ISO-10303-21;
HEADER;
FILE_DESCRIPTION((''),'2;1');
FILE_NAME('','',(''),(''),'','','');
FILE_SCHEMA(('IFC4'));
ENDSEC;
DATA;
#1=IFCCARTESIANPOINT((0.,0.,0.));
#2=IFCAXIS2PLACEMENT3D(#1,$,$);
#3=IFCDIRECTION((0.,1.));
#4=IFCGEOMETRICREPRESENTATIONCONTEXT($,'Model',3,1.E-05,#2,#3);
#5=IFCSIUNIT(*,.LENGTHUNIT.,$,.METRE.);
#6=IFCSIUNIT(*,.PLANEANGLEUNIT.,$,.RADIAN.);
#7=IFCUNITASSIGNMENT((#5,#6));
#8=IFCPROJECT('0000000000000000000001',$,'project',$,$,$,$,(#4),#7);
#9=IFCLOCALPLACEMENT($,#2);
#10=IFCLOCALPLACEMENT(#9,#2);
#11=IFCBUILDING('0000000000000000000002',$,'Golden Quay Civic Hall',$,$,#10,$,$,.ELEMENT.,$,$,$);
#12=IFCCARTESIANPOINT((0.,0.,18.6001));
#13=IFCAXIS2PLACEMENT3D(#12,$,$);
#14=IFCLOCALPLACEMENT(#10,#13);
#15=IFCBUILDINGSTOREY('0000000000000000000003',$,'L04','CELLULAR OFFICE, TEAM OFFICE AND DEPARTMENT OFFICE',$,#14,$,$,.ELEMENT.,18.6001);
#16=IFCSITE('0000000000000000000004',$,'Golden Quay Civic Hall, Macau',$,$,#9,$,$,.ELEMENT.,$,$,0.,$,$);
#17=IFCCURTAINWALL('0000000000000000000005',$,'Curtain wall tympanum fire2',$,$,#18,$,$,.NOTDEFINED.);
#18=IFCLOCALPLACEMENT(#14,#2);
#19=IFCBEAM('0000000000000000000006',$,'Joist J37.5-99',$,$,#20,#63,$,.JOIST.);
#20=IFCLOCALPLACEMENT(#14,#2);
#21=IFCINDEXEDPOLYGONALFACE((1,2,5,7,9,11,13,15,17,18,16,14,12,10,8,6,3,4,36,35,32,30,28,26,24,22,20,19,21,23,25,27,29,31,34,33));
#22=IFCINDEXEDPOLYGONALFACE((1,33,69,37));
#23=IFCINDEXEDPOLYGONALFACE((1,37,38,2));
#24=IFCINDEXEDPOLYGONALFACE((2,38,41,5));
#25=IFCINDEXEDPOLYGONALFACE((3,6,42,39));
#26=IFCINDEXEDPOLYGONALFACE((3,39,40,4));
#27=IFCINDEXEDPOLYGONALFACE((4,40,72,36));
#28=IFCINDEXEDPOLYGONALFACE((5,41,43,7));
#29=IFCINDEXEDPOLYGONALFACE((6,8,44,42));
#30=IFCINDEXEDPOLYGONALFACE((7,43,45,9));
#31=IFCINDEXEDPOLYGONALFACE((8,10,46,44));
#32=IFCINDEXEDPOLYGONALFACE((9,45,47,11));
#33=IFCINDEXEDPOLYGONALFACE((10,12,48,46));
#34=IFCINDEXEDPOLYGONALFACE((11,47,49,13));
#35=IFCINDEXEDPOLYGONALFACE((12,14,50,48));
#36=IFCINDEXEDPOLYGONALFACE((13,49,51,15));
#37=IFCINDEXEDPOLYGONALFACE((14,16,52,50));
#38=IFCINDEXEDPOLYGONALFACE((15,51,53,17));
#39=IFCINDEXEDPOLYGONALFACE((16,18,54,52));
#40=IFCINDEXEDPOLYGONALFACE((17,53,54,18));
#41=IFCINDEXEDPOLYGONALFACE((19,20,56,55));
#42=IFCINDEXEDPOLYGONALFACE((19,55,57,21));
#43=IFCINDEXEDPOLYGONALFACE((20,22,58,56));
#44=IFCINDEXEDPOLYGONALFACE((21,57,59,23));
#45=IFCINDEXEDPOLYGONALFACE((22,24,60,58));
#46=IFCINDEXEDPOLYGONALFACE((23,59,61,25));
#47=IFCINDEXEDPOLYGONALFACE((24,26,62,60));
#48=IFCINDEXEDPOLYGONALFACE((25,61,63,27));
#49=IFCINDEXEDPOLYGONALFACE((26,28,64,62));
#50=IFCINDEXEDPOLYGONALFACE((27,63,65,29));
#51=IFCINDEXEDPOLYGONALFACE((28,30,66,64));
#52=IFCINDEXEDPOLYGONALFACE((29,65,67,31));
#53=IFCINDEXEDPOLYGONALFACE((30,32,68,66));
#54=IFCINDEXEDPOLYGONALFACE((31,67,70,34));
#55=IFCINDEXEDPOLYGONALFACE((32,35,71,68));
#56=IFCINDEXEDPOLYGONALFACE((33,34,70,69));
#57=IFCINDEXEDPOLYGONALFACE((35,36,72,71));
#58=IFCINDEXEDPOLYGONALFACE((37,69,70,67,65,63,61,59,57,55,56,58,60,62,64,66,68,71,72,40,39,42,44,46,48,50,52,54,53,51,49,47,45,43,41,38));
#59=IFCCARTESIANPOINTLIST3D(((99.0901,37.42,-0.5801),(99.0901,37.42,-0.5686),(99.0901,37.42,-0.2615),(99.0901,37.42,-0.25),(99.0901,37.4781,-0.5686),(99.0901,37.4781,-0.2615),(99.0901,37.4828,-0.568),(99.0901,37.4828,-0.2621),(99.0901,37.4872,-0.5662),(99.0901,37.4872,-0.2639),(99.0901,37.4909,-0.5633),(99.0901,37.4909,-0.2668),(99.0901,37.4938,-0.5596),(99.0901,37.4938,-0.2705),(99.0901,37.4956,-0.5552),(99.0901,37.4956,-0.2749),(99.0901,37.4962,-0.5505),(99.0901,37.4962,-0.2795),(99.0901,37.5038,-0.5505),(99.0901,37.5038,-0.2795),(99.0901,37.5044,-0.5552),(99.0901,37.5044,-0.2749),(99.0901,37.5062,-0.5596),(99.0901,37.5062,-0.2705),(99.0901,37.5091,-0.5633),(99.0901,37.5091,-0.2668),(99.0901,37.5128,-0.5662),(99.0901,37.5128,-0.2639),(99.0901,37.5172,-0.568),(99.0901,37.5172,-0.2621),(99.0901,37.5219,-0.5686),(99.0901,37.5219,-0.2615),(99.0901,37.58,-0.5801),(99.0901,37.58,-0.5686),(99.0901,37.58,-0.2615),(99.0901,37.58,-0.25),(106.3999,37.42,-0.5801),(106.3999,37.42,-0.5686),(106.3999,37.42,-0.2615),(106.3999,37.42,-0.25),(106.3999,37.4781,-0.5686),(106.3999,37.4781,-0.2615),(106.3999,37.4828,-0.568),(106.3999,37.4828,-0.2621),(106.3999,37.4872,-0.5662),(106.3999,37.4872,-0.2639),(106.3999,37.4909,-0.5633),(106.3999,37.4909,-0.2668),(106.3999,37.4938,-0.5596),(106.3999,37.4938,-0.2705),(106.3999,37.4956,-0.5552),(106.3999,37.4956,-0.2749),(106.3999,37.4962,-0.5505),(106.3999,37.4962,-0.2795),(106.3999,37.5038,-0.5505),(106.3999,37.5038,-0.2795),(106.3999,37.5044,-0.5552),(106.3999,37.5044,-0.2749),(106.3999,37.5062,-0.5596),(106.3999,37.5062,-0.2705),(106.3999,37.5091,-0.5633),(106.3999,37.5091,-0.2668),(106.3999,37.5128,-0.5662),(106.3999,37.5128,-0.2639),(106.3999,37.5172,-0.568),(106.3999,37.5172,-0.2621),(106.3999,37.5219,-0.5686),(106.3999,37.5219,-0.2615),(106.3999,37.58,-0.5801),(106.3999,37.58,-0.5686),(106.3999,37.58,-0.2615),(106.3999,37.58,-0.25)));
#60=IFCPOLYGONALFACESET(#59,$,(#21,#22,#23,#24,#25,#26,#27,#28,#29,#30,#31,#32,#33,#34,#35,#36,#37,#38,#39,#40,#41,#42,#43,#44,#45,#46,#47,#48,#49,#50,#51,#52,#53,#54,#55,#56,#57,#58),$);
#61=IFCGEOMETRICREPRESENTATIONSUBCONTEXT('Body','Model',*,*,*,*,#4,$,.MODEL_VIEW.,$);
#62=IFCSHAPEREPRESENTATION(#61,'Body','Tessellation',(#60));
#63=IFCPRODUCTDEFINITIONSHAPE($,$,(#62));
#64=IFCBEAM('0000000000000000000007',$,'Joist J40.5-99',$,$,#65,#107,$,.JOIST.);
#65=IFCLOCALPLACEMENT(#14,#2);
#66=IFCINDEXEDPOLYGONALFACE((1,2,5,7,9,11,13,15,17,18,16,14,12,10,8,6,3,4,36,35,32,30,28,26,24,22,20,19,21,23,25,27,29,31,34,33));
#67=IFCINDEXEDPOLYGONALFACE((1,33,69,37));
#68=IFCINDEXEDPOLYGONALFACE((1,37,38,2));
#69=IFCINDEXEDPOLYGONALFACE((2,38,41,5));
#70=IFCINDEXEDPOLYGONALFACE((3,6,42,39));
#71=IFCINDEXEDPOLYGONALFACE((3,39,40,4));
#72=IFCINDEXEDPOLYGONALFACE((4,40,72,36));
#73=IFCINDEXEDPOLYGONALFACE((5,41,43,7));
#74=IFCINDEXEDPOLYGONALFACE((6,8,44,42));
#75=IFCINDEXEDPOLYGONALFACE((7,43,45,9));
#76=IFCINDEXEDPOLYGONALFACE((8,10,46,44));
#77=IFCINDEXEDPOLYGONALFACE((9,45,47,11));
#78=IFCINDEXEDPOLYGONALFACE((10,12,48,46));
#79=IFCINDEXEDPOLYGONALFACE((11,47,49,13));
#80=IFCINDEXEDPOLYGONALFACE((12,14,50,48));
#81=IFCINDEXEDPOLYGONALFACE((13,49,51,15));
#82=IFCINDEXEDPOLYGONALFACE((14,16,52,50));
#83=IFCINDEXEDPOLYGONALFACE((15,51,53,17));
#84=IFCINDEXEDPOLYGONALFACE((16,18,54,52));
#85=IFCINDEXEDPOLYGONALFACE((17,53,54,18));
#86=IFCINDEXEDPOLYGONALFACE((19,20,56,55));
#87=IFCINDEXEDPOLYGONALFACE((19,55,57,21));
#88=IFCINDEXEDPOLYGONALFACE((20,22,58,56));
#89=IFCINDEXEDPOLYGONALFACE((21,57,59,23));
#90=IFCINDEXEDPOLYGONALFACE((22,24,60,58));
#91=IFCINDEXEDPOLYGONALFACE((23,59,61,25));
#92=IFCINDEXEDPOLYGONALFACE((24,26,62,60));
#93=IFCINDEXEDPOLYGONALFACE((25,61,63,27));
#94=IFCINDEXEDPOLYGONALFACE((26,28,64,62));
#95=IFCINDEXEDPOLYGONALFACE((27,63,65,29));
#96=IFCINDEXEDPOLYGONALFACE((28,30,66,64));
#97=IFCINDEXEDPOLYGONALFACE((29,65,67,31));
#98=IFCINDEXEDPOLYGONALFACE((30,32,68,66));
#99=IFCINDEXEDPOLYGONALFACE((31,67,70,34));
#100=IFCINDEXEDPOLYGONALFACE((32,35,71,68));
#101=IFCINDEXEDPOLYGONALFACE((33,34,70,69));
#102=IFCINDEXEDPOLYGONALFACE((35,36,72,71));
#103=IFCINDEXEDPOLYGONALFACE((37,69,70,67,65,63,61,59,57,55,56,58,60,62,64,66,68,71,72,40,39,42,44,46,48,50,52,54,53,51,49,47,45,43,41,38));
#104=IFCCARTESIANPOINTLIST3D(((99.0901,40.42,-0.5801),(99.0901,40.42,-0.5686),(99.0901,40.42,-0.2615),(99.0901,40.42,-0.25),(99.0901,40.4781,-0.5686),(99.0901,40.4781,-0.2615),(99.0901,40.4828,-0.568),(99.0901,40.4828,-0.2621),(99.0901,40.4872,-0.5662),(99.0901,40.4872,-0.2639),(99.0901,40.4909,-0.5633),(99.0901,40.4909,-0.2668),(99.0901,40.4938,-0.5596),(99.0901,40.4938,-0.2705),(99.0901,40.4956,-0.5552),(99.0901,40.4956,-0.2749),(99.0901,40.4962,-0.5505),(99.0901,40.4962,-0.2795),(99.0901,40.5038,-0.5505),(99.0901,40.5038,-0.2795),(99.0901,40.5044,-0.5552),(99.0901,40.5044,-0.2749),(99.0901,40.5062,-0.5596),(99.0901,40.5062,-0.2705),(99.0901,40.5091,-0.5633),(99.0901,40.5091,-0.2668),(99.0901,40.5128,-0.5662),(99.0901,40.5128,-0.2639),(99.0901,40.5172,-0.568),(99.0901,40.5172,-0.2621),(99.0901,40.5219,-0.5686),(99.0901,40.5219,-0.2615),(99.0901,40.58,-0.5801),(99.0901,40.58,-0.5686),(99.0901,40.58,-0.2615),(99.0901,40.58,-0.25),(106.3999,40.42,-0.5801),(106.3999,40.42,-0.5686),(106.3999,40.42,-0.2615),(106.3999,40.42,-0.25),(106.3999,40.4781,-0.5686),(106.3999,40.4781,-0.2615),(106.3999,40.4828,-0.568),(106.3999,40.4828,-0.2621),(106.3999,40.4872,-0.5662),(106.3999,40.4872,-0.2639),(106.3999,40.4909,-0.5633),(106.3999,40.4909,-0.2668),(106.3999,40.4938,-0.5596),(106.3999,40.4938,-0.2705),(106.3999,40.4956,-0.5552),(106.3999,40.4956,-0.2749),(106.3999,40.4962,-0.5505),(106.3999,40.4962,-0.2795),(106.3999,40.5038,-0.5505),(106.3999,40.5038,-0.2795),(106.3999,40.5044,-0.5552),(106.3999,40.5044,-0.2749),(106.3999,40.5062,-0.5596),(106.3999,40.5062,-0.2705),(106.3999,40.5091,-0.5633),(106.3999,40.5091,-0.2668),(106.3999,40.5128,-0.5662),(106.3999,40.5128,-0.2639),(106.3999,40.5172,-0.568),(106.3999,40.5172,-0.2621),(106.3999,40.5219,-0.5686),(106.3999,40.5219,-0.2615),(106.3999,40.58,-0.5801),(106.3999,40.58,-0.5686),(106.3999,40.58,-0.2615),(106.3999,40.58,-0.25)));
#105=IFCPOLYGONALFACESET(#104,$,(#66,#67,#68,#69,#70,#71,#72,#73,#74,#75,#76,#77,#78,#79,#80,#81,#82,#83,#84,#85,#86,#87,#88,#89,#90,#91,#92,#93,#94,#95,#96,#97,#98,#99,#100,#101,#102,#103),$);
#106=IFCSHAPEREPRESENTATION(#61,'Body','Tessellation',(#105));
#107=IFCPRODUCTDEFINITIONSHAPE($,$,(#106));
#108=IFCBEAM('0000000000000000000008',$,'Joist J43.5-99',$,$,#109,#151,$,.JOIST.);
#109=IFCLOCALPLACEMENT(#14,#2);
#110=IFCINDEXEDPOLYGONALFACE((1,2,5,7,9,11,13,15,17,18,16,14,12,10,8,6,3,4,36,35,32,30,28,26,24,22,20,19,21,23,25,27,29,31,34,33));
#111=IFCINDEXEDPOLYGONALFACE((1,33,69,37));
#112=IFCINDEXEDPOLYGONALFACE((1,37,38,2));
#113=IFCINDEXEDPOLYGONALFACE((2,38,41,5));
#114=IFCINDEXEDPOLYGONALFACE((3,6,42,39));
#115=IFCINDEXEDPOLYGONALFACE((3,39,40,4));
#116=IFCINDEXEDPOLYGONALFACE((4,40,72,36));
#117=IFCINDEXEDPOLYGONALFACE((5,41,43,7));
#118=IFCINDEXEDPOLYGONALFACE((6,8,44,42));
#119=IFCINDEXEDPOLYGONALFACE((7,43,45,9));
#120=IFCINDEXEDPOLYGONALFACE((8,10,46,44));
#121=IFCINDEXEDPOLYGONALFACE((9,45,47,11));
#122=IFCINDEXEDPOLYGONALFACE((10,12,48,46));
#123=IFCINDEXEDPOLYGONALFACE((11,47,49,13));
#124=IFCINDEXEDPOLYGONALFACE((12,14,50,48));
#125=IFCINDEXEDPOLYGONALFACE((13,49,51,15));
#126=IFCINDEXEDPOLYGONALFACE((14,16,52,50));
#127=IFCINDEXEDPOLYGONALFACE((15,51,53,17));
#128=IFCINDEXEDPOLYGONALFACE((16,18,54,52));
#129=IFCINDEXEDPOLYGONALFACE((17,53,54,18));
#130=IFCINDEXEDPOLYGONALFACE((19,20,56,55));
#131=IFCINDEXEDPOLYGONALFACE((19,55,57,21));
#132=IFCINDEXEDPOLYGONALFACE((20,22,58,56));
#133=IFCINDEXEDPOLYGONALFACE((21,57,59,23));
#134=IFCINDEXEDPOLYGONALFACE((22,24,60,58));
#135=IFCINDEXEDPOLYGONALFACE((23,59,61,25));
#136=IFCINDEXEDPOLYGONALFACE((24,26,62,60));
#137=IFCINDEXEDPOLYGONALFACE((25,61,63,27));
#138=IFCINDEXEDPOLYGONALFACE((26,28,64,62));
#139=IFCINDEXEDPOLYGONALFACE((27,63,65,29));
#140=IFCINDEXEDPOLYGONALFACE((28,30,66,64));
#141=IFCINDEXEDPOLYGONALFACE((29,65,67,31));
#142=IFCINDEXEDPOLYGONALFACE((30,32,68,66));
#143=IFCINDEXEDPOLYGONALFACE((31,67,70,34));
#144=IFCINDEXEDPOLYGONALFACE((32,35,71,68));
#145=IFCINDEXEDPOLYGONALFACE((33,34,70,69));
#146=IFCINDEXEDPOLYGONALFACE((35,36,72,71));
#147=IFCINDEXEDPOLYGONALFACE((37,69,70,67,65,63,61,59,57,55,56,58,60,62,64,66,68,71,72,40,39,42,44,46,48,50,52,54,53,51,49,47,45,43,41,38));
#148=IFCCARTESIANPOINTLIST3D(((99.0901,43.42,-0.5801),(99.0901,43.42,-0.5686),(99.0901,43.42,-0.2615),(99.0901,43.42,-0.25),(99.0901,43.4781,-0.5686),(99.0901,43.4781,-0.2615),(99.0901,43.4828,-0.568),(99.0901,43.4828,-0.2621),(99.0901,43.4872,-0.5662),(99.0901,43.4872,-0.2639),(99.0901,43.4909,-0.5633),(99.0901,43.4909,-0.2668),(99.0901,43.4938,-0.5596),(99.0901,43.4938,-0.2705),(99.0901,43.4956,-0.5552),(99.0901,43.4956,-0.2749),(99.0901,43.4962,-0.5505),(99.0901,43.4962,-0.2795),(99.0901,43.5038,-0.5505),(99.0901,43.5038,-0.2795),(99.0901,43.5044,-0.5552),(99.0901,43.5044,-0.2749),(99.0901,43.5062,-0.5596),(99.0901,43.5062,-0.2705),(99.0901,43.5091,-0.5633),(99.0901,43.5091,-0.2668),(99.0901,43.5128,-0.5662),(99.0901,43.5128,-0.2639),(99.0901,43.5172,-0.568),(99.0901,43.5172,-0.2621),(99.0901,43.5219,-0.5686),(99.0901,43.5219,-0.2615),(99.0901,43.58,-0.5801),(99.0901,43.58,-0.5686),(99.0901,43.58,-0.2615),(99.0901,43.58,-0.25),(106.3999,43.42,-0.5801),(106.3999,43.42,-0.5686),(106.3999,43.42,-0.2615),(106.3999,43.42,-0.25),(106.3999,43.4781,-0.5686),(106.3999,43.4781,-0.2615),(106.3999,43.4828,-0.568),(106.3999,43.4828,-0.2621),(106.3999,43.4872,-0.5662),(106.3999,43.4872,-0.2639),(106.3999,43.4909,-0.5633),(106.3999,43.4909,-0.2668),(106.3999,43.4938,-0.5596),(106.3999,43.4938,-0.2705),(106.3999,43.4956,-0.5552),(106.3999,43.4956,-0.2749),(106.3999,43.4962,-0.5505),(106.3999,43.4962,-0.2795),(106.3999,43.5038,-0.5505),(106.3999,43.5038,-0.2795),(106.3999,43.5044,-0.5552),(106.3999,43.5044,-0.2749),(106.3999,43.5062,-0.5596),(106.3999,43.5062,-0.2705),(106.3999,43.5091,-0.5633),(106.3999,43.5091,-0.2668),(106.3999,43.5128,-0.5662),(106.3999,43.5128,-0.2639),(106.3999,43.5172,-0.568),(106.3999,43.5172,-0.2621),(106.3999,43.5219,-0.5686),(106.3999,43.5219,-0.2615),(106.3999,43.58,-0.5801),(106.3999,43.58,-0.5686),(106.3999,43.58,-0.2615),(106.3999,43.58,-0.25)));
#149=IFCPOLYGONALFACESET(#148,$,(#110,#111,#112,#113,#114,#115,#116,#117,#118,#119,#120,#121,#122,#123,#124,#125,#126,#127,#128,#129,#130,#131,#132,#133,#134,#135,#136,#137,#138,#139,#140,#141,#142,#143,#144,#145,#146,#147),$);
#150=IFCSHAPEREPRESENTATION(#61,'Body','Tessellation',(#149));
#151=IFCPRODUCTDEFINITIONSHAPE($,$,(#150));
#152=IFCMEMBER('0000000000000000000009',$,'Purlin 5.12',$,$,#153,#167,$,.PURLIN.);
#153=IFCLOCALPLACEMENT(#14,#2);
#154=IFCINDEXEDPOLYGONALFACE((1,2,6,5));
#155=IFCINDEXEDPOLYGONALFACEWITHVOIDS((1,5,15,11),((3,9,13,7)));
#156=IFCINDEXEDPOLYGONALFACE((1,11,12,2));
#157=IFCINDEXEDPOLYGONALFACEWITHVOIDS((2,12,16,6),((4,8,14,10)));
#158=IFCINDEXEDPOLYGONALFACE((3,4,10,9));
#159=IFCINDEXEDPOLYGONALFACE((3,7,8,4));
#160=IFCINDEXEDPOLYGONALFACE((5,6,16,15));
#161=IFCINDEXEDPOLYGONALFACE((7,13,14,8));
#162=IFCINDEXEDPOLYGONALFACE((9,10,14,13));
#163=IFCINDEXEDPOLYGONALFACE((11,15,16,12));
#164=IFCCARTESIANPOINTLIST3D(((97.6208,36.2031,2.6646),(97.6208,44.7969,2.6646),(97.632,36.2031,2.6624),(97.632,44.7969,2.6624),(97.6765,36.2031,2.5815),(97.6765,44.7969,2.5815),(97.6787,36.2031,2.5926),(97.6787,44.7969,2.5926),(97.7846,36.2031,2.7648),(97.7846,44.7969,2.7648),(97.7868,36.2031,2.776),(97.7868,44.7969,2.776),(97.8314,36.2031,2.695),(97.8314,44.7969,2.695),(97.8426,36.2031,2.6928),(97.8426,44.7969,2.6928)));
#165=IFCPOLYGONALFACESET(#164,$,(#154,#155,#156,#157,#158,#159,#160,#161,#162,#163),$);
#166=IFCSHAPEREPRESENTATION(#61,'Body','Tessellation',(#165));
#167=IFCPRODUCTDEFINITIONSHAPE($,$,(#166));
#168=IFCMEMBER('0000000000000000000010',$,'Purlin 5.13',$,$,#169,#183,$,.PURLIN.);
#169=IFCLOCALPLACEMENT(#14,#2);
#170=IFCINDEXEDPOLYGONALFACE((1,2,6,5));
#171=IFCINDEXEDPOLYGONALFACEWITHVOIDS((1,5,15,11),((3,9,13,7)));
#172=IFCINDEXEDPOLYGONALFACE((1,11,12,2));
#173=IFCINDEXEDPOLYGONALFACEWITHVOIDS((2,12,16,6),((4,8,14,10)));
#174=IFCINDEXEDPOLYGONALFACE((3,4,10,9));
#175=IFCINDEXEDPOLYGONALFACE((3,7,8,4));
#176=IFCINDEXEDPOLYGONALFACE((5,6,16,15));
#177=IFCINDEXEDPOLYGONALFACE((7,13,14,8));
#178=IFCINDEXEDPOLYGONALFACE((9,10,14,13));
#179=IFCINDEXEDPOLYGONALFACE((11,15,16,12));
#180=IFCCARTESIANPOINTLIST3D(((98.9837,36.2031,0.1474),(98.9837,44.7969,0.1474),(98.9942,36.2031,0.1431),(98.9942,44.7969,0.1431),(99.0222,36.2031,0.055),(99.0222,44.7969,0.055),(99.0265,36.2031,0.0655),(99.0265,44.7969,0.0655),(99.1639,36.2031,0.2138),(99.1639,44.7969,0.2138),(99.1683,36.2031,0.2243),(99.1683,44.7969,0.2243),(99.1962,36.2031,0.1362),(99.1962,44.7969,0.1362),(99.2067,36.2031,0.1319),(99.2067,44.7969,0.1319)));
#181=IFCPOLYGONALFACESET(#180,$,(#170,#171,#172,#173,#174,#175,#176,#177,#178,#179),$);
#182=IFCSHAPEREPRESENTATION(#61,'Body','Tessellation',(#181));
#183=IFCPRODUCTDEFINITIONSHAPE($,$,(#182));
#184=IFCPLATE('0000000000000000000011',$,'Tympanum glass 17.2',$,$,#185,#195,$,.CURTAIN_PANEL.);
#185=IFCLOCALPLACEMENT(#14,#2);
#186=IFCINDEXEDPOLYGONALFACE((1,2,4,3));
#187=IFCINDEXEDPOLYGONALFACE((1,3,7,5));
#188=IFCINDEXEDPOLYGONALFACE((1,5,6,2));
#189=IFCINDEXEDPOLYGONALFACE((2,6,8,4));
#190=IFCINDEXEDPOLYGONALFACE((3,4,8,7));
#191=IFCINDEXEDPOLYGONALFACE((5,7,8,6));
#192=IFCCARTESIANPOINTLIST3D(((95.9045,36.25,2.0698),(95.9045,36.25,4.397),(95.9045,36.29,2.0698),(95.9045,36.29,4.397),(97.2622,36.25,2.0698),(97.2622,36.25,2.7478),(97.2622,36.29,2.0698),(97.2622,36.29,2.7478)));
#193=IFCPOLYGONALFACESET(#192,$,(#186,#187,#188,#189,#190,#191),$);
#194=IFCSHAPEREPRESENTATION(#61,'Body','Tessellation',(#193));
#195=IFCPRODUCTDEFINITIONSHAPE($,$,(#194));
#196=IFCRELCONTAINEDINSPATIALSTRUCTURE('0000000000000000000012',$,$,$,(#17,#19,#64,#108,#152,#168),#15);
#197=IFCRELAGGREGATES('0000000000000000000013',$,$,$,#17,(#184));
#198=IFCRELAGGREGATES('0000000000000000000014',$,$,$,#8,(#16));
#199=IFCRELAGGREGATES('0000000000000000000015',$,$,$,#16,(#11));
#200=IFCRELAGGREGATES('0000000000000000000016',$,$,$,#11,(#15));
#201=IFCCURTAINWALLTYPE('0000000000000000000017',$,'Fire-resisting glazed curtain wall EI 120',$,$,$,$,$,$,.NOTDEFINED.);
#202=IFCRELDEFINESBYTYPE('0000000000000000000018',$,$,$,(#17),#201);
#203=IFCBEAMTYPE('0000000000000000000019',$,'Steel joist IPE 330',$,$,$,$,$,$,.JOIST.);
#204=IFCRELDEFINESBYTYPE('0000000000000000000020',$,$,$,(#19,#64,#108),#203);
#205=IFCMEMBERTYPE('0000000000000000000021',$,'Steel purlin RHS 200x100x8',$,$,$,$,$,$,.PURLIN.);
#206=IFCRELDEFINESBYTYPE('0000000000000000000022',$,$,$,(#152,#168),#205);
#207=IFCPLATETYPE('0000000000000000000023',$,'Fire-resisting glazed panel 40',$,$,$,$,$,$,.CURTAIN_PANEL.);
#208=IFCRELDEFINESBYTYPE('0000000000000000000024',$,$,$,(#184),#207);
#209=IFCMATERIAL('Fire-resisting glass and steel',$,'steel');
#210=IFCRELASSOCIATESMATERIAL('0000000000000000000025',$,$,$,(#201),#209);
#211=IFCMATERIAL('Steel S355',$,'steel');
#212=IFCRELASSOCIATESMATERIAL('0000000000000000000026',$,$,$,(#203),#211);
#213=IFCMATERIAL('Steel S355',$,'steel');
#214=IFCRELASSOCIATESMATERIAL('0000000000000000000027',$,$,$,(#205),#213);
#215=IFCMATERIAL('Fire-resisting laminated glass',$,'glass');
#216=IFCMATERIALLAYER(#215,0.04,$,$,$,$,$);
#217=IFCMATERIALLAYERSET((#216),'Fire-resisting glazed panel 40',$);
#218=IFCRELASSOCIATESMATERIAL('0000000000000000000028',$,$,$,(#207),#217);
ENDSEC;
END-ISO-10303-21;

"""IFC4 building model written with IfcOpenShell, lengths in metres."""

from ifc_helpers import new_model, si_unit, direction, frame, origin, origin_2d, place, context, subcontext, project, spatial, polyline, hollow_rectangle, i_section, outline, extrude, material, layer, layer_set, material_profile, profile_set, type_object, element, aggregate, save


model = new_model("IFC4")

# Units and contexts
model_context = context("Model", 3, precision=1e-05, world=origin(), true_north=direction((0.0, 1.0)))
body_context = subcontext(model_context, "Body", "Model", "MODEL_VIEW")
ifc_project = project(units=[si_unit("LENGTHUNIT", "METRE"), si_unit("PLANEANGLEUNIT", "RADIAN")], contexts=[model_context])

# Site, building, storey
site_placement = place(None, origin())
site = spatial("IfcSite", under=ifc_project, at=site_placement, Name="Golden Quay Civic Hall, Macau", CompositionType="ELEMENT", RefElevation=0.0)
building_placement = place(site_placement, origin())
building = spatial("IfcBuilding", under=site, at=building_placement, Name="Golden Quay Civic Hall", CompositionType="ELEMENT")
storey_placement = place(building_placement, frame((0.0, 0.0, 18.6001)))
storey = spatial("IfcBuildingStorey", under=building, at=storey_placement, Name="L04", Description="CELLULAR OFFICE, TEAM OFFICE AND DEPARTMENT OFFICE", CompositionType="ELEMENT", Elevation=18.6001)

# Curtain wall
ifc_material_1 = material(Name="Fire-resisting glass and steel", Category="steel")
curtain_wall_type = type_object("IfcCurtainWallType", Name="Fire-resisting glazed curtain wall EI 120", PredefinedType="NOTDEFINED", material=ifc_material_1)
curtain_wall_placement = place(storey_placement, origin())
curtain_wall = element("IfcCurtainWall", 1, at=curtain_wall_placement, inside=storey, type_object=curtain_wall_type, Name="Curtain wall tympanum fire2", PredefinedType="NOTDEFINED")

# Beams
ifc_material_2 = material(Name="Steel S355", Category="steel")
ifc_material_profile_1 = material_profile(ifc_material_2, i_section(OverallWidth=0.1599, OverallDepth=0.3301, WebThickness=0.0076, FlangeThickness=0.0115, FilletRadius=0.0181, at=origin_2d()), Name="IPE 330")
ifc_profile_set_1 = profile_set([ifc_material_profile_1], Name="Steel S355")
beam_type_1 = type_object("IfcBeamType", Name="Steel joist IPE 330", PredefinedType="JOIST", material=ifc_profile_set_1)
for number, where, z_axis, x_axis, name in (
    (2, (99.0901, 37.5, -0.415), (1.0, 0.0, 0.0), (0.0, 1.0, 0.0), "Joist J37.5-99"),
    (3, (99.0901, 40.5, -0.415), (1.0, 0.0, 0.0), (0.0, 1.0, 0.0), "Joist J40.5-99"),
    (4, (99.0901, 43.5, -0.415), (1.0, 0.0, 0.0), (0.0, 1.0, 0.0), "Joist J43.5-99"),
):
    element("IfcBeam", number, at=place(storey_placement, frame(where, z_axis=z_axis, x_axis=x_axis)), inside=storey, type_object=beam_type_1, Name=name, PredefinedType="JOIST", context=body_context, shape_type="SweptSolid", body=[
        extrude(i_section(OverallWidth=0.1599, OverallDepth=0.3301, WebThickness=0.0076, FlangeThickness=0.0115, FilletRadius=0.0181, at=origin_2d()), origin(), (0.0, 0.0, 1.0), 7.3098),
    ])

# Members
ifc_material_3 = material(Name="Steel S355", Category="steel")
ifc_material_profile_2 = material_profile(ifc_material_3, hollow_rectangle(XDim=0.1001, YDim=0.2, WallThickness=0.0081, at=origin_2d()), Name="RHS 200x100x8")
ifc_profile_set_2 = profile_set([ifc_material_profile_2], Name="Steel S355")
member_type_1 = type_object("IfcMemberType", Name="Steel purlin RHS 200x100x8", PredefinedType="PURLIN", material=ifc_profile_set_2)
for number, where, z_axis, x_axis, name in (
    (5, (97.7317, 36.2031, 2.6787), (0.0, 1.0, 0.0), (-0.557019, 0.0, 0.8305), "Purlin 5.12"),
    (6, (99.0952, 36.2031, 0.1396), (0.0, 1.0, 0.0), (-0.384615, 0.0, 0.923077), "Purlin 5.13"),
):
    element("IfcMember", number, at=place(storey_placement, frame(where, z_axis=z_axis, x_axis=x_axis)), inside=storey, type_object=member_type_1, Name=name, PredefinedType="PURLIN", context=body_context, shape_type="SweptSolid", body=[
        extrude(hollow_rectangle(XDim=0.1001, YDim=0.2, WallThickness=0.0081, at=origin_2d()), origin(), (0.0, 0.0, 1.0), 8.5938),
    ])

# Plate
ifc_material_4 = material(Name="Fire-resisting laminated glass", Category="glass")
ifc_layer_1 = layer(ifc_material_4, 0.04)
ifc_layer_set_1 = layer_set([ifc_layer_1], Name="Fire-resisting glazed panel 40")
plate_type_1 = type_object("IfcPlateType", Name="Fire-resisting glazed panel 40", PredefinedType="CURTAIN_PANEL", material=ifc_layer_set_1)
plate_1_placement = place(storey_placement, frame((97.2622, 36.29, 2.0698), z_axis=(0.0, 1.0, 0.0), x_axis=(-1.0, 0.0, 0.0)))
plate_1 = element("IfcPlate", 7, at=plate_1_placement, type_object=plate_type_1, Name="Tympanum glass 17.2", PredefinedType="CURTAIN_PANEL", context=body_context, shape_type="SweptSolid", body=[
    extrude(outline(polyline([(0.0, 0.0), (1.3577, 0.0), (1.3577, 2.3271), (0.0, 0.678), (0.0, 0.0)])), origin(), (0.0, 0.0, -1.0), 0.04),
])
aggregate(curtain_wall, [plate_1])

save(model, "model.ifc")
